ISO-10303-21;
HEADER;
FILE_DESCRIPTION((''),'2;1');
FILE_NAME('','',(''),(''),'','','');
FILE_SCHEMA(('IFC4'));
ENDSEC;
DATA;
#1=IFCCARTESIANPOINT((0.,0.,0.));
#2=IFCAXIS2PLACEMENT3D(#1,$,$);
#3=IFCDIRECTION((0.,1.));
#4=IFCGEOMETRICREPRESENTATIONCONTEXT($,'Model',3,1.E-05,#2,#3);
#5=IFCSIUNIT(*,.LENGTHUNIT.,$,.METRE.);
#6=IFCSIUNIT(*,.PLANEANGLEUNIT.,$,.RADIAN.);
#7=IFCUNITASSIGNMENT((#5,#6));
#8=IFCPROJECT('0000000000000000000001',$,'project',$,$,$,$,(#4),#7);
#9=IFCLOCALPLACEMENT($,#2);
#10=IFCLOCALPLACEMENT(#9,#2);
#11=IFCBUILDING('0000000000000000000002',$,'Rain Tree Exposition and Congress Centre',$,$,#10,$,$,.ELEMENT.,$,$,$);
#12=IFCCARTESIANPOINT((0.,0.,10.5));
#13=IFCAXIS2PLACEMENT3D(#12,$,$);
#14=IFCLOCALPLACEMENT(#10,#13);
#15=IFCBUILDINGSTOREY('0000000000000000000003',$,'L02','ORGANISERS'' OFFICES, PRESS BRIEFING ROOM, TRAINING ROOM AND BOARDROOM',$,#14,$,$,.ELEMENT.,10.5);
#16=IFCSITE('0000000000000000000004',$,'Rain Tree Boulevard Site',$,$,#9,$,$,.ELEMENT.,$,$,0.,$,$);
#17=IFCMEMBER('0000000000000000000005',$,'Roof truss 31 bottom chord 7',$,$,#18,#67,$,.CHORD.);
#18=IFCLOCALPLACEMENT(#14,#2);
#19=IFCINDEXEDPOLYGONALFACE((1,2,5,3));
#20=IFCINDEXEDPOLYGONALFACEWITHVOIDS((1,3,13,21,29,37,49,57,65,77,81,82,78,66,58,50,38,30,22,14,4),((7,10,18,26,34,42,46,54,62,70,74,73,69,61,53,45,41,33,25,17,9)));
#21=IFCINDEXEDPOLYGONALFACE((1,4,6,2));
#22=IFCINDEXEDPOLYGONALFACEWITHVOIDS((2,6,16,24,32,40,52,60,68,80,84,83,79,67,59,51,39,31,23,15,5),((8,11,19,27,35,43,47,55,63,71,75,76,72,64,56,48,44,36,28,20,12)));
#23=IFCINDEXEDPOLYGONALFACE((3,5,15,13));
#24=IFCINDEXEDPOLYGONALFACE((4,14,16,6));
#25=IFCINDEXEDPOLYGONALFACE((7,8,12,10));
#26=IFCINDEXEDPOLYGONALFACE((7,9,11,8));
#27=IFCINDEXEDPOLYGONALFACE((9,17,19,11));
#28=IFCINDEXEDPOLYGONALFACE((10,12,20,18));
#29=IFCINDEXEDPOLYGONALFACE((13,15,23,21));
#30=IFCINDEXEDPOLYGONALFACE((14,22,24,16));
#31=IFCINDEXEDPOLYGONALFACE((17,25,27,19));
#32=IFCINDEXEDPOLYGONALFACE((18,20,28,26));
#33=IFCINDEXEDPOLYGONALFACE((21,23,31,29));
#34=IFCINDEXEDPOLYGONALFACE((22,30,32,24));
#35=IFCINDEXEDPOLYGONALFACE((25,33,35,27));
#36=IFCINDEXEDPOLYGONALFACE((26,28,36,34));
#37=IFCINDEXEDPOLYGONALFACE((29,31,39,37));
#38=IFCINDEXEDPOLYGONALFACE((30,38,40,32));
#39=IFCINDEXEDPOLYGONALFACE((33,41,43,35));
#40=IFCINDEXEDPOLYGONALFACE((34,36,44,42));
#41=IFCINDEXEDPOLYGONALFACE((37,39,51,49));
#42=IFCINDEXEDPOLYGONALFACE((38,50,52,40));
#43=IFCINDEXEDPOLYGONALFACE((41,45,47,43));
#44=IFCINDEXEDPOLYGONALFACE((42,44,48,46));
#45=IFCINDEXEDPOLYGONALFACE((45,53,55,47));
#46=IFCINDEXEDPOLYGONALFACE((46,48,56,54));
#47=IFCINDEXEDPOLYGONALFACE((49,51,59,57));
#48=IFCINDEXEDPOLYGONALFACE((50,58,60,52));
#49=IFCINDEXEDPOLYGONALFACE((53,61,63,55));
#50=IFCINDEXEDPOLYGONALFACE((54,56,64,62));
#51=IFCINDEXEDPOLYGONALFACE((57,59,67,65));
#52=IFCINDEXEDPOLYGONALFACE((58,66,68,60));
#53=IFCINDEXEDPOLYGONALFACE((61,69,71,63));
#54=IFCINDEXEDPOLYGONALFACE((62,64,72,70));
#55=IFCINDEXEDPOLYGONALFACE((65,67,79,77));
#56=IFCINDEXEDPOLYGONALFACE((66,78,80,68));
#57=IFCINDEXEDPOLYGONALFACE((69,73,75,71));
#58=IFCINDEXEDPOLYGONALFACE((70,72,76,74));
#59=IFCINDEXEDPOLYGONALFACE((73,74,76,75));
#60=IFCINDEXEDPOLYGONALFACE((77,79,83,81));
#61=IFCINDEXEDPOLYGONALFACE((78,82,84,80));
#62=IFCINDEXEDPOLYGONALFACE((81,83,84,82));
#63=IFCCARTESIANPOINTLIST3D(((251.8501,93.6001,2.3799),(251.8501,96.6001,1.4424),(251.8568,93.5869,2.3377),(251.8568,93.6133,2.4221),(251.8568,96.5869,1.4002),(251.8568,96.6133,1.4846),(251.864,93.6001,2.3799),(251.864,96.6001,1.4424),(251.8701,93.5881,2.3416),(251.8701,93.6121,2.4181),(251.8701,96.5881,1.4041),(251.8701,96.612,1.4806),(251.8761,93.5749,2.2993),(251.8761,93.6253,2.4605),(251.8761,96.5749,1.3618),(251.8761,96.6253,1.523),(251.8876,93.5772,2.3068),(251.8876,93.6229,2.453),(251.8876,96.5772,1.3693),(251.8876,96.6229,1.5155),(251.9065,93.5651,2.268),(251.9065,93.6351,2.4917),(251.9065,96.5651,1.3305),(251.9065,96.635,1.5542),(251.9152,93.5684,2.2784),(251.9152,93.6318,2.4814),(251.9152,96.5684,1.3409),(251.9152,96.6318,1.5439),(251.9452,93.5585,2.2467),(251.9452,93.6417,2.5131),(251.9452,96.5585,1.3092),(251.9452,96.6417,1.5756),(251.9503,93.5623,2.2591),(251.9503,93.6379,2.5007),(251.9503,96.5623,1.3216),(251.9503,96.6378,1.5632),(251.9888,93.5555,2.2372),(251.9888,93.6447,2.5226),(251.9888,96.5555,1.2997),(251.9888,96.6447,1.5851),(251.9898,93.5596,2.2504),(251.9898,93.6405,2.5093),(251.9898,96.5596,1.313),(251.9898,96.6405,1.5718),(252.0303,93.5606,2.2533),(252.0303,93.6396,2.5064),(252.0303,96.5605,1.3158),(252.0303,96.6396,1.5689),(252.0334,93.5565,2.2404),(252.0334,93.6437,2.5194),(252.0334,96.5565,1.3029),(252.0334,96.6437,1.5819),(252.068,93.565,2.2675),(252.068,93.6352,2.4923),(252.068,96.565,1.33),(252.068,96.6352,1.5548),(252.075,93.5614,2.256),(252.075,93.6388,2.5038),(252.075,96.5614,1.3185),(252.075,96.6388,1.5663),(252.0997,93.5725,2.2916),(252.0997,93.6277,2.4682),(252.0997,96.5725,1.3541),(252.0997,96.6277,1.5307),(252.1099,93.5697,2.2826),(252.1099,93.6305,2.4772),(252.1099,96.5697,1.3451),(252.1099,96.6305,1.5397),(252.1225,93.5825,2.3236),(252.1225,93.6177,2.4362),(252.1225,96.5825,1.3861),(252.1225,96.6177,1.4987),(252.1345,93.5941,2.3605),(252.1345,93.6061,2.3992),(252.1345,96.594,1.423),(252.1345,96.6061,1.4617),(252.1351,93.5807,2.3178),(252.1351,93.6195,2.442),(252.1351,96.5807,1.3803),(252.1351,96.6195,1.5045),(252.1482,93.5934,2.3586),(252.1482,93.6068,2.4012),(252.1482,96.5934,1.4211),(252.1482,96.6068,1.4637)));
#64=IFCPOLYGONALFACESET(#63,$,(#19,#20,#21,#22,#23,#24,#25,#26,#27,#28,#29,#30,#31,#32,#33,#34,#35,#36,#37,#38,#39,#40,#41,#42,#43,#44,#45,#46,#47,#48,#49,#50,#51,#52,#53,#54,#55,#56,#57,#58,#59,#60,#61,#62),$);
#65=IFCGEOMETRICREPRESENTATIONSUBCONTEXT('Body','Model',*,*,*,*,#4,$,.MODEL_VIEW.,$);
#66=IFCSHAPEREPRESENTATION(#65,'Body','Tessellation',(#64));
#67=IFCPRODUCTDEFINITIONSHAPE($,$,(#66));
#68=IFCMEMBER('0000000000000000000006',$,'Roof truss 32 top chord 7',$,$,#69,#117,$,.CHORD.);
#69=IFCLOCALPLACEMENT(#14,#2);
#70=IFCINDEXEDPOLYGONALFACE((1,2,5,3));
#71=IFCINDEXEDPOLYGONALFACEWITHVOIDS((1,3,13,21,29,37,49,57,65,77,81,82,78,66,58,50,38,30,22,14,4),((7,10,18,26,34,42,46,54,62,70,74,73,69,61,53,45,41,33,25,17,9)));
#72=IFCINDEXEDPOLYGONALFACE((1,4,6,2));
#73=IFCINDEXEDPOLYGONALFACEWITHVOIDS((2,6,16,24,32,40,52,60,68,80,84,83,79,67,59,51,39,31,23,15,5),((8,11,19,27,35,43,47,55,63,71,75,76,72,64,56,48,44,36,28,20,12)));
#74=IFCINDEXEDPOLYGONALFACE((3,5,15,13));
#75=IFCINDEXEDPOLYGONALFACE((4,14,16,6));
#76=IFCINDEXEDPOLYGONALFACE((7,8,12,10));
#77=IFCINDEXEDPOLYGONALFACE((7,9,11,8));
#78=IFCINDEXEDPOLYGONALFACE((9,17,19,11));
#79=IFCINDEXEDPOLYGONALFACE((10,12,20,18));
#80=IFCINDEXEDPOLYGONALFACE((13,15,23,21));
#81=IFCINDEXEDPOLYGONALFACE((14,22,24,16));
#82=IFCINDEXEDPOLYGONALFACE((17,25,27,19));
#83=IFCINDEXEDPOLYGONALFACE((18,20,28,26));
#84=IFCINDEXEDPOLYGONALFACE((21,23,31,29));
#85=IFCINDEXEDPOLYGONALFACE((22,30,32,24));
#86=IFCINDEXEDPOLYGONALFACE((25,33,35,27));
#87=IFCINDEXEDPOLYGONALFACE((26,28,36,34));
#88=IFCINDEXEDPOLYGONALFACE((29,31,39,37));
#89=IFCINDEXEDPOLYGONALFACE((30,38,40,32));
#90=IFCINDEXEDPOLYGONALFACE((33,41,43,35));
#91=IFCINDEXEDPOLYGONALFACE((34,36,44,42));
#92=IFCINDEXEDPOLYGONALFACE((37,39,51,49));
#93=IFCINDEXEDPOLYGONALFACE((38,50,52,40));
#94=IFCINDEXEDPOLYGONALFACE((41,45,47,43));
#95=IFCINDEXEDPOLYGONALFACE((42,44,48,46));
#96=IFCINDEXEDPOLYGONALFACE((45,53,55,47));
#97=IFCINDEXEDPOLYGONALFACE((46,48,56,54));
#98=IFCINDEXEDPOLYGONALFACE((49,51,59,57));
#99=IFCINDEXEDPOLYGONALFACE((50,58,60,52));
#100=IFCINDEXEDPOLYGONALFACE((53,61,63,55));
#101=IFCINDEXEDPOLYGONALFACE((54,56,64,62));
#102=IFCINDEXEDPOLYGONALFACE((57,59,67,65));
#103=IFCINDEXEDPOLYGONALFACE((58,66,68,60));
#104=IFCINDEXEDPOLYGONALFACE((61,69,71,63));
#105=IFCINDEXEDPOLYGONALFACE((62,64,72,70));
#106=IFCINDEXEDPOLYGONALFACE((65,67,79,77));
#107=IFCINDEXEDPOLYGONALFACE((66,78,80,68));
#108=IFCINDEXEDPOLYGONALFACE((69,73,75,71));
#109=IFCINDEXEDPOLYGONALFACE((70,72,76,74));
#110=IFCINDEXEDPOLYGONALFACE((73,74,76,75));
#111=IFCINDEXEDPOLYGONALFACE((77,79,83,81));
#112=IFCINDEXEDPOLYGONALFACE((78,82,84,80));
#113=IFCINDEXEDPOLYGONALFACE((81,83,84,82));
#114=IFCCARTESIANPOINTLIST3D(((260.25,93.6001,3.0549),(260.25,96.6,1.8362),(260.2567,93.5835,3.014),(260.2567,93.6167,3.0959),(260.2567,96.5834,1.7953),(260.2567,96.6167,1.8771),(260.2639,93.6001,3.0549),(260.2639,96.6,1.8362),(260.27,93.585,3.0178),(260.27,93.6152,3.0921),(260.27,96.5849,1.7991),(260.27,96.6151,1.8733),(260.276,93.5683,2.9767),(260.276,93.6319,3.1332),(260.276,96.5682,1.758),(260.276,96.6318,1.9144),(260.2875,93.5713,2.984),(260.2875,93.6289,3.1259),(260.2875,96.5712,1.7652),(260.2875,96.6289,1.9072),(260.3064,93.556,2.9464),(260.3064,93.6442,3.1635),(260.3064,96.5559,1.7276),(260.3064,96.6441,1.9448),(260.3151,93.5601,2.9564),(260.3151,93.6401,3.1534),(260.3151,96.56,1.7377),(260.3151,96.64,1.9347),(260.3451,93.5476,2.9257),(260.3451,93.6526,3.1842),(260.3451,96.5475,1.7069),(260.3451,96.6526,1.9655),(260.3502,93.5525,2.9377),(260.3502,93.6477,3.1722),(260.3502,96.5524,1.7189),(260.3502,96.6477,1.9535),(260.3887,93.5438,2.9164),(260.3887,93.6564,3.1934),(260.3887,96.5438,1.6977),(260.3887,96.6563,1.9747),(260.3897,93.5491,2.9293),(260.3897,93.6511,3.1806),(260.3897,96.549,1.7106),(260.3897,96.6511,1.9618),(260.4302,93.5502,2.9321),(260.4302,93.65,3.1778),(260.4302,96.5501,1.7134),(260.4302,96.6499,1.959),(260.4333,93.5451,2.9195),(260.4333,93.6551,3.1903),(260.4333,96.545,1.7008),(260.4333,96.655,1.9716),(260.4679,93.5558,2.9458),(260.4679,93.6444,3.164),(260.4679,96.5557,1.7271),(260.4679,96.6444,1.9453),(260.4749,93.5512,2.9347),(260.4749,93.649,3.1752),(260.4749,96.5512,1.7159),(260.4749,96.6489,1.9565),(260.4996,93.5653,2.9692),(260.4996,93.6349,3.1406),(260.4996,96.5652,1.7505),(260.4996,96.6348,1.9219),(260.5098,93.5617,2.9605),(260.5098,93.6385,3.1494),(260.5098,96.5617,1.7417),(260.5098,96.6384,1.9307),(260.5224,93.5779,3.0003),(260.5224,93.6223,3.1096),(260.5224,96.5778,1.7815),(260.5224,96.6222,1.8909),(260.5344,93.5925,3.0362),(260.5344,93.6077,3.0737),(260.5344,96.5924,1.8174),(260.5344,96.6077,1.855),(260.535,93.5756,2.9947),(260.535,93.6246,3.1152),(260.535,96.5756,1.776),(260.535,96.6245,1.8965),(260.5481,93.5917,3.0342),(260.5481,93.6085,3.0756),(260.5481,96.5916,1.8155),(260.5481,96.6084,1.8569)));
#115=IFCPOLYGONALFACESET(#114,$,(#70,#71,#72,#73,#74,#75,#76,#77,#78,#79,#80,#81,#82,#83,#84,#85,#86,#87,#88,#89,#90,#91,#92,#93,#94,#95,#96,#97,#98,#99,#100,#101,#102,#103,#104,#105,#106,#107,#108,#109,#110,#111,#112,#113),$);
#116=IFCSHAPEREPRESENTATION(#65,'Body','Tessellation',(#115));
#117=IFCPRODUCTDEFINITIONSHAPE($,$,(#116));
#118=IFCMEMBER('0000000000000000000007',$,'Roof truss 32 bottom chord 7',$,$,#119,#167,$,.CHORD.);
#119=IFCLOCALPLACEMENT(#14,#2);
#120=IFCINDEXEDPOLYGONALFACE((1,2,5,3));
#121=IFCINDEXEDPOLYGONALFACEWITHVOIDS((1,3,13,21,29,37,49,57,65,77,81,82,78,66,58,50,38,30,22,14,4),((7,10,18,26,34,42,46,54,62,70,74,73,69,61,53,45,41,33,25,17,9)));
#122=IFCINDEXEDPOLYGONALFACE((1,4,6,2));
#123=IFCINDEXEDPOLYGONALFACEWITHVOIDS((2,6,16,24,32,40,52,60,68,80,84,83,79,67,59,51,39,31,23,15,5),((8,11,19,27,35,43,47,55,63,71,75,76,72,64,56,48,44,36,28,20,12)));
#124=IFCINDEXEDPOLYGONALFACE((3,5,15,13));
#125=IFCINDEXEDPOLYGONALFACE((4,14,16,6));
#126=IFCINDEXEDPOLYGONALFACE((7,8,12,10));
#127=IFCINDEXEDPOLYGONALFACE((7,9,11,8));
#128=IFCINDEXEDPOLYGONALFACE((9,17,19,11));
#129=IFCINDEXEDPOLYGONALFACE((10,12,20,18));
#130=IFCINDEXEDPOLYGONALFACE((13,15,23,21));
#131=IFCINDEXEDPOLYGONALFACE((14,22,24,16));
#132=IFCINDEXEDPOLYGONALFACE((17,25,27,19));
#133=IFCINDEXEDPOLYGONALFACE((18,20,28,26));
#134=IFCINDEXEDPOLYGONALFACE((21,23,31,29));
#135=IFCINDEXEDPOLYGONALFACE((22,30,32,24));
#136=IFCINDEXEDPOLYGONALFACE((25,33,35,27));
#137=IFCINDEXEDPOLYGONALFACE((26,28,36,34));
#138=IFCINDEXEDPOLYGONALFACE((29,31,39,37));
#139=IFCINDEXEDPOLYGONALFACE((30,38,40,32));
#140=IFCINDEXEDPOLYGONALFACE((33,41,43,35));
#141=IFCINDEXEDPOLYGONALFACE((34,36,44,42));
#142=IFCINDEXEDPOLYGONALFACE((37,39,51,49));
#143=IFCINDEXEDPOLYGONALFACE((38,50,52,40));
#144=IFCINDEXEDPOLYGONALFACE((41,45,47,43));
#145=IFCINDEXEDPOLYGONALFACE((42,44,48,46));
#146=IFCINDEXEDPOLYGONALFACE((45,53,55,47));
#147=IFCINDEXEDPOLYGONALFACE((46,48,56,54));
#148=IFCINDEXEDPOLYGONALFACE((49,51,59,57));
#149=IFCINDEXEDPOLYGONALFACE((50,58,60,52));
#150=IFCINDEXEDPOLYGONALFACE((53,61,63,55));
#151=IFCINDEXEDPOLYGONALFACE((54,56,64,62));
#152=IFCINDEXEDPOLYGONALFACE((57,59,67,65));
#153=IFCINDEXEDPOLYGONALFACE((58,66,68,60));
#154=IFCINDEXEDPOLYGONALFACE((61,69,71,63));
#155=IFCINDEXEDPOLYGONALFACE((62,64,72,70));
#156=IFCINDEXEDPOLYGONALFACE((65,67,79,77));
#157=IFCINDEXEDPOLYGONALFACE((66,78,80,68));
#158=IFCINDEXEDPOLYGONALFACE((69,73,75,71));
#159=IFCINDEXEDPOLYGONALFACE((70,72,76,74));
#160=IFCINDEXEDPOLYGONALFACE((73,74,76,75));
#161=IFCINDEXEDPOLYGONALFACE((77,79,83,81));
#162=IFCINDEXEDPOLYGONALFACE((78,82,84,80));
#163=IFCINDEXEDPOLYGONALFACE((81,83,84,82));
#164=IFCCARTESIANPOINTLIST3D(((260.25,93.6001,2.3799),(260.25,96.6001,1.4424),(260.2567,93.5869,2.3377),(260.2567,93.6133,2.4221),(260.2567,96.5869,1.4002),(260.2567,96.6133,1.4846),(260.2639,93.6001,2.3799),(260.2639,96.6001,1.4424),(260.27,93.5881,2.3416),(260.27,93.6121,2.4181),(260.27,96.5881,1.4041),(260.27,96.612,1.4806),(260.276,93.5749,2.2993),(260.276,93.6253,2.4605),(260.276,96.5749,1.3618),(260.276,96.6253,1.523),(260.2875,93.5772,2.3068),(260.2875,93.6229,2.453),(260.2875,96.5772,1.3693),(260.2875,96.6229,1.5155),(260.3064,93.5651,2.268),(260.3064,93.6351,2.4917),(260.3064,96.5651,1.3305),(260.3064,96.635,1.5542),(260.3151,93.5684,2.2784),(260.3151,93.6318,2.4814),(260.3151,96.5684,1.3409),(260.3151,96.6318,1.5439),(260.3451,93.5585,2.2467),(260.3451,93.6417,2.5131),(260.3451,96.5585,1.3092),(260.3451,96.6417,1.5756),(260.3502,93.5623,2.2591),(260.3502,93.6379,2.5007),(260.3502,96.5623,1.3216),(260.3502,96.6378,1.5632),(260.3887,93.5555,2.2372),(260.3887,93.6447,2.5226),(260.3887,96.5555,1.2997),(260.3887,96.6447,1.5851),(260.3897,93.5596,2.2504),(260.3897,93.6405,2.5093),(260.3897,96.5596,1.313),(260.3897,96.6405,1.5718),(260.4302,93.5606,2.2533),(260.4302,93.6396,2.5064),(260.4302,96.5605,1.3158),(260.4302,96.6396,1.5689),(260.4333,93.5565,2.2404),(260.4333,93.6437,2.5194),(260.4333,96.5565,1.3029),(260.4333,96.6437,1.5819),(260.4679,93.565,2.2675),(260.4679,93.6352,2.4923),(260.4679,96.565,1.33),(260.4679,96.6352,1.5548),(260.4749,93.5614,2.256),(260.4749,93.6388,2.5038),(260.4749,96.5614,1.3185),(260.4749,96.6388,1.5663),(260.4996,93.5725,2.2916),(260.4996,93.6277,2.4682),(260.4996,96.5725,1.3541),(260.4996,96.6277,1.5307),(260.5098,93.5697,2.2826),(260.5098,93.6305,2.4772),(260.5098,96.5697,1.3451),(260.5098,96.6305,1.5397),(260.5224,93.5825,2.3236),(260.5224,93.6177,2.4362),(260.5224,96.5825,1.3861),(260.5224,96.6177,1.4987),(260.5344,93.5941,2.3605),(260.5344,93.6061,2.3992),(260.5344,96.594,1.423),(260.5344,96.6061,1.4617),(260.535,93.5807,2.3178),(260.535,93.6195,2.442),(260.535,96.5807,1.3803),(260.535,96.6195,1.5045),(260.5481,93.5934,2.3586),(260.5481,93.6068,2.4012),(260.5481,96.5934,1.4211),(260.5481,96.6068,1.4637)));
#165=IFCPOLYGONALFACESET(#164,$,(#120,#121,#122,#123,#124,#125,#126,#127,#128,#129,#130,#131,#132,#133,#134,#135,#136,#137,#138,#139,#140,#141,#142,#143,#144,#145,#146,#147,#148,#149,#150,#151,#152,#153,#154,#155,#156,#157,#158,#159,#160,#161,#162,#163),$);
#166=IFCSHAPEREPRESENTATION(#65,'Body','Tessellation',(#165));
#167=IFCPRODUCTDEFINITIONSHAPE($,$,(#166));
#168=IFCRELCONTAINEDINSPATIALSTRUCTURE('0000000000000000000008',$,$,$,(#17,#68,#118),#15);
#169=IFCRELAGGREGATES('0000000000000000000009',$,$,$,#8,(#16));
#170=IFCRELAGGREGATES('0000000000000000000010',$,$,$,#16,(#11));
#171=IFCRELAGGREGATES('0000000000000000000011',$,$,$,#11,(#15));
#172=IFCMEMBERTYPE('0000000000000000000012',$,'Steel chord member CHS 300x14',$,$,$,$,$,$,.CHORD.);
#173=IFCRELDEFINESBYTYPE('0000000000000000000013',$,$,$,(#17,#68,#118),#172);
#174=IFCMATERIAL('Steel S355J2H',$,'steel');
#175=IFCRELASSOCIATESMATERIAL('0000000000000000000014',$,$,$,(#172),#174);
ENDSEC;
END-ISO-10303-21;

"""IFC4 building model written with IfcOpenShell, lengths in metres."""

from ifc_helpers import new_model, si_unit, direction, frame, origin, origin_2d, place, context, subcontext, project, spatial, hollow_circle, extrude, material, material_profile, profile_set, type_object, element, save


model = new_model("IFC4")

# Units and contexts
model_context = context("Model", 3, precision=1e-05, world=origin(), true_north=direction((0.0, 1.0)))
body_context = subcontext(model_context, "Body", "Model", "MODEL_VIEW")
ifc_project = project(units=[si_unit("LENGTHUNIT", "METRE"), si_unit("PLANEANGLEUNIT", "RADIAN")], contexts=[model_context])

# Site, building, storey
site_placement = place(None, origin())
site = spatial("IfcSite", under=ifc_project, at=site_placement, Name="Rain Tree Boulevard Site", CompositionType="ELEMENT", RefElevation=0.0)
building_placement = place(site_placement, origin())
building = spatial("IfcBuilding", under=site, at=building_placement, Name="Rain Tree Exposition and Congress Centre", CompositionType="ELEMENT")
storey_placement = place(building_placement, frame((0.0, 0.0, 10.5)))
storey = spatial("IfcBuildingStorey", under=building, at=storey_placement, Name="L02", Description="ORGANISERS' OFFICES, PRESS BRIEFING ROOM, TRAINING ROOM AND BOARDROOM", CompositionType="ELEMENT", Elevation=10.5)

# Members
ifc_material_1 = material(Name="Steel S355J2H", Category="steel")
ifc_material_profile_1 = material_profile(ifc_material_1, hollow_circle(Radius=0.1499, WallThickness=0.0139, at=origin_2d()), Name="CHS 300x14")
ifc_profile_set_1 = profile_set([ifc_material_profile_1], Name="Steel S355J2H")
member_type_1 = type_object("IfcMemberType", Name="Steel chord member CHS 300x14", PredefinedType="CHORD", material=ifc_profile_set_1)
member_1_placement = place(storey_placement, frame((252.0, 93.6001, 2.3799), z_axis=(0.0, 0.95448, -0.298275), x_axis=(-1.0, 0.0, 0.0)))
element("IfcMember", 1, at=member_1_placement, inside=storey, type_object=member_type_1, Name="Roof truss 31 bottom chord 7", PredefinedType="CHORD", context=body_context, shape_type="SweptSolid", body=[
    extrude(hollow_circle(Radius=0.1499, WallThickness=0.0139, at=origin_2d()), origin(), (0.0, 0.0, 1.0), 3.1431),
])
member_2_placement = place(storey_placement, frame((260.3999, 93.6001, 3.0549), z_axis=(0.0, 0.926467, -0.376377), x_axis=(-1.0, 0.0, 0.0)))
element("IfcMember", 2, at=member_2_placement, inside=storey, type_object=member_type_1, Name="Roof truss 32 top chord 7", PredefinedType="CHORD", context=body_context, shape_type="SweptSolid", body=[
    extrude(hollow_circle(Radius=0.1499, WallThickness=0.0139, at=origin_2d()), origin(), (0.0, 0.0, 1.0), 3.238),
])
member_3_placement = place(storey_placement, frame((260.3999, 93.6001, 2.3799), z_axis=(0.0, 0.95448, -0.298275), x_axis=(-1.0, 0.0, 0.0)))
element("IfcMember", 3, at=member_3_placement, inside=storey, type_object=member_type_1, Name="Roof truss 32 bottom chord 7", PredefinedType="CHORD", context=body_context, shape_type="SweptSolid", body=[
    extrude(hollow_circle(Radius=0.1499, WallThickness=0.0139, at=origin_2d()), origin(), (0.0, 0.0, 1.0), 3.1431),
])

save(model, "model.ifc")
